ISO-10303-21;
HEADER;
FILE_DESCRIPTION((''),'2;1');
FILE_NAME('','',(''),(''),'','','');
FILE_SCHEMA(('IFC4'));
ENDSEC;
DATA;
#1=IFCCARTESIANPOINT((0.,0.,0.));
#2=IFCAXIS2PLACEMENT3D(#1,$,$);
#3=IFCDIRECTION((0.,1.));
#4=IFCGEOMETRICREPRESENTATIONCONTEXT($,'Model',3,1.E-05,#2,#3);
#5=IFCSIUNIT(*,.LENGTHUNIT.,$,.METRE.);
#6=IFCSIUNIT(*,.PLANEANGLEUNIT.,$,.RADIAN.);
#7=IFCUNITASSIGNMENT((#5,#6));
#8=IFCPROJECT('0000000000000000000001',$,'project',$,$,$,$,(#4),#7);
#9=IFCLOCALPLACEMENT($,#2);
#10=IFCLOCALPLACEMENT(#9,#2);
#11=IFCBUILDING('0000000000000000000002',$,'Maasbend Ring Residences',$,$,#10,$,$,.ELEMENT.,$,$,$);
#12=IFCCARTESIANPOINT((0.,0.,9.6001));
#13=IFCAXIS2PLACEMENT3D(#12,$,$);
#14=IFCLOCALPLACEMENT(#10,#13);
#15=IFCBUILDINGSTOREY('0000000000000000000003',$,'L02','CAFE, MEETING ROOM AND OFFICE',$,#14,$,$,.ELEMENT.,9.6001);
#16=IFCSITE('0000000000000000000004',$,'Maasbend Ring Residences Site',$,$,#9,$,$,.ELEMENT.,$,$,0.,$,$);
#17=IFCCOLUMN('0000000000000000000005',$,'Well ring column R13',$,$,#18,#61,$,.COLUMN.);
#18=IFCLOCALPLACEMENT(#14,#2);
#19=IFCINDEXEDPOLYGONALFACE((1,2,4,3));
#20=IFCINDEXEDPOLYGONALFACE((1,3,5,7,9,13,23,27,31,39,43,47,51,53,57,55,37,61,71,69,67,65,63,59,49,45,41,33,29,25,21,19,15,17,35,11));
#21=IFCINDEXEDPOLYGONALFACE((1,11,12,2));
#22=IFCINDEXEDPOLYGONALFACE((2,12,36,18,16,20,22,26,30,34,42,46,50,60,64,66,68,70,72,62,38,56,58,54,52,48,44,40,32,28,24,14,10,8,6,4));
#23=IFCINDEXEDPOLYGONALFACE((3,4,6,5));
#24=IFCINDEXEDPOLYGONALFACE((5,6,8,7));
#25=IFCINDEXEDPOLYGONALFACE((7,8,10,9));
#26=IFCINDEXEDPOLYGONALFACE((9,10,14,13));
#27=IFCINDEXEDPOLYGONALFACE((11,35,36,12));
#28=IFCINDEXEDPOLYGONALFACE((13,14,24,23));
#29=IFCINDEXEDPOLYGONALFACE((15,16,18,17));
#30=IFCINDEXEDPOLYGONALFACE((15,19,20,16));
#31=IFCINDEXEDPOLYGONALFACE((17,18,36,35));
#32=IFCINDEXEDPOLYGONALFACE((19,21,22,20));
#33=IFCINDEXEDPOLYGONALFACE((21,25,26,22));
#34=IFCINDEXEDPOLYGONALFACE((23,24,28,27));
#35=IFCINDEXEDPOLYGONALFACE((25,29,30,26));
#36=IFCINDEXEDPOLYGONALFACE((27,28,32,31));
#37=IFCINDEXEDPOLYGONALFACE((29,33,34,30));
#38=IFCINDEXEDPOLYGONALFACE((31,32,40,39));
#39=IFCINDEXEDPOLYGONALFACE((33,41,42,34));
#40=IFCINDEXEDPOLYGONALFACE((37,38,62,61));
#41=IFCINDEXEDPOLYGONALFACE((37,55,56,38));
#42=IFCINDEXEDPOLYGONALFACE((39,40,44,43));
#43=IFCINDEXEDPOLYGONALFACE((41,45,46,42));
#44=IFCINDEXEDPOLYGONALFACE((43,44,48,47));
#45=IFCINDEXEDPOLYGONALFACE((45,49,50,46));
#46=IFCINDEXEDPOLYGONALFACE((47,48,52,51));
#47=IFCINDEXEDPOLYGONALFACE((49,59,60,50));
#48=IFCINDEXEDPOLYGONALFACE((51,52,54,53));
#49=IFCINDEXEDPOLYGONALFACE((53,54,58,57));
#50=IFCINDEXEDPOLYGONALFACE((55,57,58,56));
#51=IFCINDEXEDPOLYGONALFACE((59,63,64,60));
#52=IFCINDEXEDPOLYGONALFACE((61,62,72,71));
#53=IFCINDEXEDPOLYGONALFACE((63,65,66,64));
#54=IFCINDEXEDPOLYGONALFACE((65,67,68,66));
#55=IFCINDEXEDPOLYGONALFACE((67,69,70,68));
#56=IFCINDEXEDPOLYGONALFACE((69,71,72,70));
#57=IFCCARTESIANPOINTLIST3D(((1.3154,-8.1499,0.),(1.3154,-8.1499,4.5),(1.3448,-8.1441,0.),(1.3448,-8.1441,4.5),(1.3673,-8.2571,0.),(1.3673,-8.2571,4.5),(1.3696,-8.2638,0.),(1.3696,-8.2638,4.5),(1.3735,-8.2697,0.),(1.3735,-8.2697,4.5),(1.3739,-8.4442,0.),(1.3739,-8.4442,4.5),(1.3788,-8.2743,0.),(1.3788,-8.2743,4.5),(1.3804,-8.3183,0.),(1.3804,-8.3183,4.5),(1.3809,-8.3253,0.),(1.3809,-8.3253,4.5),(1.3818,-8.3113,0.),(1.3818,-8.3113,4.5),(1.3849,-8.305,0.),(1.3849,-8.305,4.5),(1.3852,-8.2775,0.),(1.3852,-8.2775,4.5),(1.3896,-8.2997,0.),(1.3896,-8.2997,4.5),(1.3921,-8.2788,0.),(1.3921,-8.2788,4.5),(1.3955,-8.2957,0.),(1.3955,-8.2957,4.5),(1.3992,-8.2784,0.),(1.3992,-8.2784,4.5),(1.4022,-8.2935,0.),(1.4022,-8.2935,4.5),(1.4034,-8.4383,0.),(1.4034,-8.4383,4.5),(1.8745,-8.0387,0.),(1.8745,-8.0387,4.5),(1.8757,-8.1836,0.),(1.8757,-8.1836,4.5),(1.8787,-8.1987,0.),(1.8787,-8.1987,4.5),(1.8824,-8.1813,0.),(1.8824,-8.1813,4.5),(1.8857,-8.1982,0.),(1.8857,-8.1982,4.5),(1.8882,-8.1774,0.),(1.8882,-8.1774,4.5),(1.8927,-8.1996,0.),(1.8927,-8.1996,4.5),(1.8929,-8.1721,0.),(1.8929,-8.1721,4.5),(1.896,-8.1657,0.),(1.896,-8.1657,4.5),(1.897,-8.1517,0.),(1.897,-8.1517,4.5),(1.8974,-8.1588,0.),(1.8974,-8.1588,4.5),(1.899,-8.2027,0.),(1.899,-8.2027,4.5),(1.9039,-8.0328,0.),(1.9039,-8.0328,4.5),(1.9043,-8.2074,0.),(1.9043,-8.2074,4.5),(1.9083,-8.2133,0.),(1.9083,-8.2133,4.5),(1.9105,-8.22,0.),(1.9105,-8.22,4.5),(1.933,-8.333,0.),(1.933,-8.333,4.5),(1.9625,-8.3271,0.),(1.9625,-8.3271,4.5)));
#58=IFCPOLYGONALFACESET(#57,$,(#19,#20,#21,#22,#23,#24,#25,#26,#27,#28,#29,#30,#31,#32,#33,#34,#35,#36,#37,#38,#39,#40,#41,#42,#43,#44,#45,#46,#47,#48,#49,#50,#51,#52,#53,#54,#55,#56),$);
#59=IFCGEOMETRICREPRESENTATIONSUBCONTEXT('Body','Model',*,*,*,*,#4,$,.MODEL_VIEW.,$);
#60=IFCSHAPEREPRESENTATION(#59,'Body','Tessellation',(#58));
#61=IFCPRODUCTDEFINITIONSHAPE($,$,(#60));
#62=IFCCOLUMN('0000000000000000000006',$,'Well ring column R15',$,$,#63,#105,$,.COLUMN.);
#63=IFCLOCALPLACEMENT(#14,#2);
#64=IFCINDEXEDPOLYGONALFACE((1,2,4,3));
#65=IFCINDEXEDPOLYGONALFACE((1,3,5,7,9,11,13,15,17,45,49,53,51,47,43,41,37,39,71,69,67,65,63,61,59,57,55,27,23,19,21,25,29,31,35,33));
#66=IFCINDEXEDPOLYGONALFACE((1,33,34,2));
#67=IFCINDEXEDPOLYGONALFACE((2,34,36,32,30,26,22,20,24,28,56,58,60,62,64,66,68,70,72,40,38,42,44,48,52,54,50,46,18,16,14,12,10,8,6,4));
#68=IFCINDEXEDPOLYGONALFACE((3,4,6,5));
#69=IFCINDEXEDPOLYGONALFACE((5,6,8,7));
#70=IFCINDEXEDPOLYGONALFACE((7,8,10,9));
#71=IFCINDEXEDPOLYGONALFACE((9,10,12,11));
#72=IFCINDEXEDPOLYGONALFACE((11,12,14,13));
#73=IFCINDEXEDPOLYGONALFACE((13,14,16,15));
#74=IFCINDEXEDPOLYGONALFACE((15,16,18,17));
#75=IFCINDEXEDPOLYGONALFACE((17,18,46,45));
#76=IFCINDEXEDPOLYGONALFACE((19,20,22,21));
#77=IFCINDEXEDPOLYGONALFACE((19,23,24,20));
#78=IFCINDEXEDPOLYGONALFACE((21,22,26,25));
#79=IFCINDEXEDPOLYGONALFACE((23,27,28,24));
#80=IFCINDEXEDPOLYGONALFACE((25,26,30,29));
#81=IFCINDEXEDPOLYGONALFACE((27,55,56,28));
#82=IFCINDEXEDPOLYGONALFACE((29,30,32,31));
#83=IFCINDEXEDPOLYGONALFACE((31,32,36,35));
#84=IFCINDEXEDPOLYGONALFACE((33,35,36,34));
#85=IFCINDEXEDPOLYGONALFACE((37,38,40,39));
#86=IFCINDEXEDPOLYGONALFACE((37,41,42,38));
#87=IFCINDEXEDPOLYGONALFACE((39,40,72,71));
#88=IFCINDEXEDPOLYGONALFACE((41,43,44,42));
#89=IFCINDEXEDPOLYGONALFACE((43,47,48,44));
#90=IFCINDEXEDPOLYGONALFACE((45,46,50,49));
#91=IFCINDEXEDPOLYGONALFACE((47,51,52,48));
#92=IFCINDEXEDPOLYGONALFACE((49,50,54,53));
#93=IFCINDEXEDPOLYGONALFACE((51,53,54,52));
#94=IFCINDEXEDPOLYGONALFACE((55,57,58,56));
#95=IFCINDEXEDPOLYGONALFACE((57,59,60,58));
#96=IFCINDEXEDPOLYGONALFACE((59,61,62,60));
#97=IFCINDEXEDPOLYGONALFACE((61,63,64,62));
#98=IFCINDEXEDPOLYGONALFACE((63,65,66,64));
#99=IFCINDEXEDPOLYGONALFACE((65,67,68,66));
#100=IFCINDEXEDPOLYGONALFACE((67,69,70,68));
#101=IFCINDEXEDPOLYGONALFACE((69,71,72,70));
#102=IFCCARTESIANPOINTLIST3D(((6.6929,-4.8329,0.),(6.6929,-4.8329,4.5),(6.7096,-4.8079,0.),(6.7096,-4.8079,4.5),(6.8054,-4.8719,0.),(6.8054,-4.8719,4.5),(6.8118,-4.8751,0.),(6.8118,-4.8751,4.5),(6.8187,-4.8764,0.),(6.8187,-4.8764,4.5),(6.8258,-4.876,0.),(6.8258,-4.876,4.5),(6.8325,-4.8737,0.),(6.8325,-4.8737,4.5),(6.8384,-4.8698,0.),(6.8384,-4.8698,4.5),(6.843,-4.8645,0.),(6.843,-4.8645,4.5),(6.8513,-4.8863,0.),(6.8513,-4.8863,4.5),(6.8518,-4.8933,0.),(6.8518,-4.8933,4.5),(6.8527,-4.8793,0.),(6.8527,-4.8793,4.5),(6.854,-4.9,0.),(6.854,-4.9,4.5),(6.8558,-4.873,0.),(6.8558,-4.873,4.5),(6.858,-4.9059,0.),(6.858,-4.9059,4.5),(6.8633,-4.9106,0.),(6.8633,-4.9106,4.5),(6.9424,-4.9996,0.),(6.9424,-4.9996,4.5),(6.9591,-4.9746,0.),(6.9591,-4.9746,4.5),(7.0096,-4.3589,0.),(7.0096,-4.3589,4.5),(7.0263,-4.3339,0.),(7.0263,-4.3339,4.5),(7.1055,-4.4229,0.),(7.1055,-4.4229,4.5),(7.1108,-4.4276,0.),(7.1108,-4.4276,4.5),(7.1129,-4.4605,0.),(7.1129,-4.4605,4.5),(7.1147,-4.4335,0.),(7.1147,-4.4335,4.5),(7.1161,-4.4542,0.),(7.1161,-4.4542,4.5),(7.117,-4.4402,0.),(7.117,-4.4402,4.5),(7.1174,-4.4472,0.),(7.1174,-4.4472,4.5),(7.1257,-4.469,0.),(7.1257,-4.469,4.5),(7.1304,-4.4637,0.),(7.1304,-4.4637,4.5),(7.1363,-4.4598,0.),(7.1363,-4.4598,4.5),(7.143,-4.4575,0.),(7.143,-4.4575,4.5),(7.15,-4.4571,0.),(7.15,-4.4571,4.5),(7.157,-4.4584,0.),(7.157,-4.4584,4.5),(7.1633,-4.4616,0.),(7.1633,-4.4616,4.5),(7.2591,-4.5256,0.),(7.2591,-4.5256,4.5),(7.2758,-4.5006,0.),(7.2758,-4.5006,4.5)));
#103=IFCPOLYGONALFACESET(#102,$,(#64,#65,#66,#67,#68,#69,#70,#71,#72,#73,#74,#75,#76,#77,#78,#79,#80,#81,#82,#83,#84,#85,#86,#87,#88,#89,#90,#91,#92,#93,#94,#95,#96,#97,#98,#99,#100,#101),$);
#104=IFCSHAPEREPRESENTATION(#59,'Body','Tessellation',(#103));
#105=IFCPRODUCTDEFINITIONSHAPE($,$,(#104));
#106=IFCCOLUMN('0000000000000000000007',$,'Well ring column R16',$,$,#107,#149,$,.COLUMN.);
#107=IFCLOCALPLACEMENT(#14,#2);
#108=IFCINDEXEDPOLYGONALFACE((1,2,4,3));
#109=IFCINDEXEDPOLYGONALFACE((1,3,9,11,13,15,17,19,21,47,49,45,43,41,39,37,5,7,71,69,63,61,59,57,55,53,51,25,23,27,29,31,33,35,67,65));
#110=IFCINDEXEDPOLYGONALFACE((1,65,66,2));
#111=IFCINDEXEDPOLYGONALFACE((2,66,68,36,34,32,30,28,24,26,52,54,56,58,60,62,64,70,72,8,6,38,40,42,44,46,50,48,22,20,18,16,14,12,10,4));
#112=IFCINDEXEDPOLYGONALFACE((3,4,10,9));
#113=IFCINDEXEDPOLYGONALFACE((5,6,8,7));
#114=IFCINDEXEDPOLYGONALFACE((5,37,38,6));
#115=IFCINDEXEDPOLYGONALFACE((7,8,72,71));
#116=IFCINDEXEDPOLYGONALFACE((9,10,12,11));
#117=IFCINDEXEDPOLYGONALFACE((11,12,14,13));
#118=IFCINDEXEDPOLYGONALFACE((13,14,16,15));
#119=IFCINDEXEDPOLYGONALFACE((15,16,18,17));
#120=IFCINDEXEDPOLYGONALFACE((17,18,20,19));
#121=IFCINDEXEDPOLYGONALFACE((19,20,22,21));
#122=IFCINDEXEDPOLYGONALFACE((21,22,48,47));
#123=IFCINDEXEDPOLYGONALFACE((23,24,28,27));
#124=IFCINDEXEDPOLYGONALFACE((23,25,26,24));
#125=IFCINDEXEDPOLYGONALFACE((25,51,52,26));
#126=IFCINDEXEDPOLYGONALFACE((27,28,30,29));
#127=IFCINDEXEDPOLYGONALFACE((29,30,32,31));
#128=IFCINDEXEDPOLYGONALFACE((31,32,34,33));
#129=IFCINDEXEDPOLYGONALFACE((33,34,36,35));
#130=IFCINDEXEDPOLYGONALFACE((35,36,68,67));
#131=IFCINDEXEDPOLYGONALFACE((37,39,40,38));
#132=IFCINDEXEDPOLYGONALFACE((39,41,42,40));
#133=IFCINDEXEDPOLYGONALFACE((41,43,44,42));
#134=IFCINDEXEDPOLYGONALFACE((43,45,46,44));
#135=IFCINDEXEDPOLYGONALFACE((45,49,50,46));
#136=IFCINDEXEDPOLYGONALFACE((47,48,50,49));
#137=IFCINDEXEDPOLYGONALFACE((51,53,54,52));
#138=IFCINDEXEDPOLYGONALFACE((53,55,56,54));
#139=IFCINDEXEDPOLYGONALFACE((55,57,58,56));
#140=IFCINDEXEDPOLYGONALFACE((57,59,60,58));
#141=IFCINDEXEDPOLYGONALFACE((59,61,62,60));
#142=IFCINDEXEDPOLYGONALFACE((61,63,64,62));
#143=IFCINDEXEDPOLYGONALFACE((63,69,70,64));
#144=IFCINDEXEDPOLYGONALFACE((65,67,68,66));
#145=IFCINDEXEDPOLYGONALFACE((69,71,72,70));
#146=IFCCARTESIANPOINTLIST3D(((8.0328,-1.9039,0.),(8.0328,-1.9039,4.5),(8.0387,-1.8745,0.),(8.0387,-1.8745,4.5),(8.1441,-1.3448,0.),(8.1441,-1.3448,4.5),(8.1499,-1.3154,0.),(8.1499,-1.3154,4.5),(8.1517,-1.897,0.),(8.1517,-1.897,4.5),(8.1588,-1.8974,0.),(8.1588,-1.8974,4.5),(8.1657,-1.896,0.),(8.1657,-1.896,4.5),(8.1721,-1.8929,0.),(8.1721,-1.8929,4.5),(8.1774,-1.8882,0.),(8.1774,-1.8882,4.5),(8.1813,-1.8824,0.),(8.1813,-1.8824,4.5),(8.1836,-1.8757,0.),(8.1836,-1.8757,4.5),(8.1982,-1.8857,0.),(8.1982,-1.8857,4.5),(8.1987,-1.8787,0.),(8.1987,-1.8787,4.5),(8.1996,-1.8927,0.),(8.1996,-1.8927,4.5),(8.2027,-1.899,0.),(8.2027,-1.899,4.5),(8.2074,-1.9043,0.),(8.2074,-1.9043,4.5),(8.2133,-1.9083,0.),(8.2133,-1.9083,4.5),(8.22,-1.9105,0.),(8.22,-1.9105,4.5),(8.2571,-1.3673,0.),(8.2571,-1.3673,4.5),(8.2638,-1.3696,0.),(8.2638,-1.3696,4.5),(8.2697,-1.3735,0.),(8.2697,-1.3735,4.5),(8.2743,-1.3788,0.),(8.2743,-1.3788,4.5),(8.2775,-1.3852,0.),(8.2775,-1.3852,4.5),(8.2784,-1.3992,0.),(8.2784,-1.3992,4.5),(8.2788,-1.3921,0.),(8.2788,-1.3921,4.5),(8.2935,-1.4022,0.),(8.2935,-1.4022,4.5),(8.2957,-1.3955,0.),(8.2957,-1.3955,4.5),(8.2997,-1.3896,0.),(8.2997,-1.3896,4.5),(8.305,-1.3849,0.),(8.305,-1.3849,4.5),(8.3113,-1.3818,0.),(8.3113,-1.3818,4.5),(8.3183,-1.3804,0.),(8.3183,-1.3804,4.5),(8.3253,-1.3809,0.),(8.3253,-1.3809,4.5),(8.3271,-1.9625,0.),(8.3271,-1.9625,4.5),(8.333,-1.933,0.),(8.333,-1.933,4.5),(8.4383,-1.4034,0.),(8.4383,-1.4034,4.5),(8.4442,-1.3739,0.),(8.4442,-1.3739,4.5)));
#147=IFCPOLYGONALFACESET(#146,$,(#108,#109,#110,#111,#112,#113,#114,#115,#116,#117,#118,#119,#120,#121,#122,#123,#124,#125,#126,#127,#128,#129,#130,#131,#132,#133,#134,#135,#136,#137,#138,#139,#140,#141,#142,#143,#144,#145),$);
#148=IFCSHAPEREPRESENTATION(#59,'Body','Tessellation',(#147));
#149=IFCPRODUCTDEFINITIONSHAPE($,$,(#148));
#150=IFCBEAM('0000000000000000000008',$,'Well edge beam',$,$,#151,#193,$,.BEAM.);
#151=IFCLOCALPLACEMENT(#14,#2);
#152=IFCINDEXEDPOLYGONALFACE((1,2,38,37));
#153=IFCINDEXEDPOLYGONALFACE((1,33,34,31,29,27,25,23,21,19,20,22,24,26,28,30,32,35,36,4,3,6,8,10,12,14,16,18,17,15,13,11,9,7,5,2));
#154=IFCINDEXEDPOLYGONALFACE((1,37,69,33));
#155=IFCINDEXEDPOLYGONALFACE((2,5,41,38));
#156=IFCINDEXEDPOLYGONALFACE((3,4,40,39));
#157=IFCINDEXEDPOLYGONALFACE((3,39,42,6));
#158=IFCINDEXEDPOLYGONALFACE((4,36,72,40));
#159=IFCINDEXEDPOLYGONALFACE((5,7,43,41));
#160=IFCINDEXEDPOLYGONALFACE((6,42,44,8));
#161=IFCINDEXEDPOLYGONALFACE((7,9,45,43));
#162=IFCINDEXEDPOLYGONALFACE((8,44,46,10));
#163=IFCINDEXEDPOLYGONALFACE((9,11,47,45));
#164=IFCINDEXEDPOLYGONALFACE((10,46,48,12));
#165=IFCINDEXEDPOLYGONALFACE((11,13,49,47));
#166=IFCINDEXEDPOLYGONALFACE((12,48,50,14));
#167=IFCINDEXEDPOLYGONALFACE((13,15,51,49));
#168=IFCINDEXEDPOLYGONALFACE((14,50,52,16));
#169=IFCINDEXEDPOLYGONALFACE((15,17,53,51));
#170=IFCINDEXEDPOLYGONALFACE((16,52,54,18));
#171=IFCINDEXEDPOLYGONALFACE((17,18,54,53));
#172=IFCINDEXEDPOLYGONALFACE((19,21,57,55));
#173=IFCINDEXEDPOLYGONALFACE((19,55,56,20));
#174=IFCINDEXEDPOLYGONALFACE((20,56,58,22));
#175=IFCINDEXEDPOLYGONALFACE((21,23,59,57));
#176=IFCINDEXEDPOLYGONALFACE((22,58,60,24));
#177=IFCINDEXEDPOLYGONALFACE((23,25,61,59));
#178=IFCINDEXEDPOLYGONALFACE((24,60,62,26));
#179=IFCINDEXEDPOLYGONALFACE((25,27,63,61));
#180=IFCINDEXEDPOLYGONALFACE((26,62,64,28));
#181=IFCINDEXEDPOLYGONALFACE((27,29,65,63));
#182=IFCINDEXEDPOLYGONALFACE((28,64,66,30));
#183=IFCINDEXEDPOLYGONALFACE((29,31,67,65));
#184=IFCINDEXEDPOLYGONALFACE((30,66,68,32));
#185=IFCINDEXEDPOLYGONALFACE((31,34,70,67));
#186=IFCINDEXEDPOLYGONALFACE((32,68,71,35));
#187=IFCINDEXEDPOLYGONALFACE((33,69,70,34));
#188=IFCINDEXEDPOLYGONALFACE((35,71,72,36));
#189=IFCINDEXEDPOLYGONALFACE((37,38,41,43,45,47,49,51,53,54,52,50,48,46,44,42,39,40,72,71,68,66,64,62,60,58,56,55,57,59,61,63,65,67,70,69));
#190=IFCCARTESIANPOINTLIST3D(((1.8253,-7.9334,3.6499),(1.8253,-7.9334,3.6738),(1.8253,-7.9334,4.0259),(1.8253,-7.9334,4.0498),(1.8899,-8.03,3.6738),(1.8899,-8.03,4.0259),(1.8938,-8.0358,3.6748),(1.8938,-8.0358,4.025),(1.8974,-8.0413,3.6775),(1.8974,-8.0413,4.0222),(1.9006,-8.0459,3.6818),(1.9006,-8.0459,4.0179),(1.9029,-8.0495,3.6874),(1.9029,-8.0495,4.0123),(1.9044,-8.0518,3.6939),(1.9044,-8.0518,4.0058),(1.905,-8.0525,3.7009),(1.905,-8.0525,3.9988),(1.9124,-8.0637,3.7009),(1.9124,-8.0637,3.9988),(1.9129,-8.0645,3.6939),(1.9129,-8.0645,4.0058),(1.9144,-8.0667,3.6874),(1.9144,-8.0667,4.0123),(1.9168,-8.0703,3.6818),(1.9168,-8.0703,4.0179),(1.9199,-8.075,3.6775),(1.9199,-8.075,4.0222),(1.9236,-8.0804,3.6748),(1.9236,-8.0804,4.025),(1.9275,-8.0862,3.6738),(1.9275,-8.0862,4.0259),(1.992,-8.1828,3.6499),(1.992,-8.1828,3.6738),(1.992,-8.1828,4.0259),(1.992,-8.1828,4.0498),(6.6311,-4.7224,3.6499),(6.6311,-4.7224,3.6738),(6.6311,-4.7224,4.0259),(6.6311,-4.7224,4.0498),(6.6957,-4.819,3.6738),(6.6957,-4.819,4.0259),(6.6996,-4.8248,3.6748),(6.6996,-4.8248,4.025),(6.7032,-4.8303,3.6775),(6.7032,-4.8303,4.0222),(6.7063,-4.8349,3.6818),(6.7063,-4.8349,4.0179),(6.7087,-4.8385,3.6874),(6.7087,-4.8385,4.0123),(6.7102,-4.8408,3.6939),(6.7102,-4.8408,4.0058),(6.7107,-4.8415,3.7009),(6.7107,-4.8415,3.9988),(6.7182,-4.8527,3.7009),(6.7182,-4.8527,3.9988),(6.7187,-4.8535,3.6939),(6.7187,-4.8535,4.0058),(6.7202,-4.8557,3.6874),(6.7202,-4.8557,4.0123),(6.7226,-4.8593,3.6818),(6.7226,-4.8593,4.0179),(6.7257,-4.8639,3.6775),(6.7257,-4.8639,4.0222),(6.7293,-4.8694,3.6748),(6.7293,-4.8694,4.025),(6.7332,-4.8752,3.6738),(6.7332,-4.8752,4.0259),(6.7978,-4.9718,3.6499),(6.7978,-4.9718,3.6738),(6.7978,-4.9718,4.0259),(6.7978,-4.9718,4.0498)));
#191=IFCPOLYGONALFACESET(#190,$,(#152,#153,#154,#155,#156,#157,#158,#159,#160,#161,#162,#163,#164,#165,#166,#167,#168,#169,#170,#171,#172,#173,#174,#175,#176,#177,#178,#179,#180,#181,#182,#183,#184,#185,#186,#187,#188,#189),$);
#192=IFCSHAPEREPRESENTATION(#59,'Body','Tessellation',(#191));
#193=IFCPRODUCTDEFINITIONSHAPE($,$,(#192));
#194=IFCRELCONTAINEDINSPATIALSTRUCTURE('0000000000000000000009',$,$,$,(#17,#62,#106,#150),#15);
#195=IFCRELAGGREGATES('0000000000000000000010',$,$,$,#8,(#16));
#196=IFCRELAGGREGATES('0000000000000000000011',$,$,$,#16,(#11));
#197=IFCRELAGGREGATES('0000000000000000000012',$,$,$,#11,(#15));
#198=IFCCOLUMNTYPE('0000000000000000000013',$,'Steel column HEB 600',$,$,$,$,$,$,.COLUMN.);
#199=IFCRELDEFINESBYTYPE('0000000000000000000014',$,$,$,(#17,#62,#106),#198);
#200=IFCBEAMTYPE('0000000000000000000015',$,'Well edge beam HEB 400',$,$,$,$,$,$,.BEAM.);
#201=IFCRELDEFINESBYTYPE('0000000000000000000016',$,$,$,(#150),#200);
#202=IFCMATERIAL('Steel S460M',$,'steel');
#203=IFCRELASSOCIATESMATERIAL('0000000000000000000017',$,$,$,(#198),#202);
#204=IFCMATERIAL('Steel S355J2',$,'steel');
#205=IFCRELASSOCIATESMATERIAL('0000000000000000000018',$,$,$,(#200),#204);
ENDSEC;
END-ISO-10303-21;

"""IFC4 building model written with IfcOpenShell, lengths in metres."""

from ifc_helpers import new_model, si_unit, direction, frame, origin, origin_2d, place, context, subcontext, project, spatial, i_section, extrude, material, material_profile, profile_set, type_object, element, save


model = new_model("IFC4")

# Units and contexts
model_context = context("Model", 3, precision=1e-05, world=origin(), true_north=direction((0.0, 1.0)))
body_context = subcontext(model_context, "Body", "Model", "MODEL_VIEW")
ifc_project = project(units=[si_unit("LENGTHUNIT", "METRE"), si_unit("PLANEANGLEUNIT", "RADIAN")], contexts=[model_context])

# Site, building, storey
site_placement = place(None, origin())
site = spatial("IfcSite", under=ifc_project, at=site_placement, Name="Maasbend Ring Residences Site", CompositionType="ELEMENT", RefElevation=0.0)
building_placement = place(site_placement, origin())
building = spatial("IfcBuilding", under=site, at=building_placement, Name="Maasbend Ring Residences", CompositionType="ELEMENT")
storey_placement = place(building_placement, frame((0.0, 0.0, 9.6001)))
storey = spatial("IfcBuildingStorey", under=building, at=storey_placement, Name="L02", Description="CAFE, MEETING ROOM AND OFFICE", CompositionType="ELEMENT", Elevation=9.6001)

# Columns
ifc_material_1 = material(Name="Steel S460M", Category="steel")
ifc_material_profile_1 = material_profile(ifc_material_1, i_section(OverallWidth=0.3, OverallDepth=0.6001, WebThickness=0.0154, FlangeThickness=0.03, FilletRadius=0.0271, at=origin_2d()), Name="HEB 600")
ifc_profile_set_1 = profile_set([ifc_material_profile_1], Name="Steel S460M")
column_type = type_object("IfcColumnType", Name="Steel column HEB 600", PredefinedType="COLUMN", material=ifc_profile_set_1)
for number, where, z_axis, x_axis, name in (
    (1, (1.6389, -8.2385, 0.0), (0.0, 0.0, 1.0), (0.19509, -0.980785, 0.0), "Well ring column R13"),
    (2, (6.9844, -4.6667, 0.0), (0.0, 0.0, 1.0), (0.83147, -0.55557, 0.0), "Well ring column R15"),
    (3, (8.2385, -1.6389, 0.0), (0.0, 0.0, 1.0), (0.980785, -0.19509, 0.0), "Well ring column R16"),
):
    element("IfcColumn", number, at=place(storey_placement, frame(where, z_axis=z_axis, x_axis=x_axis)), inside=storey, type_object=column_type, Name=name, PredefinedType="COLUMN", context=body_context, shape_type="SweptSolid", body=[
        extrude(i_section(OverallWidth=0.3, OverallDepth=0.6001, WebThickness=0.0154, FlangeThickness=0.03, FilletRadius=0.0271, at=origin_2d()), origin(), (0.0, 0.0, 1.0), 4.5),
    ])

# Beam
ifc_material_2 = material(Name="Steel S355J2", Category="steel")
ifc_material_profile_2 = material_profile(ifc_material_2, i_section(OverallWidth=0.3, OverallDepth=0.3999, WebThickness=0.0134, FlangeThickness=0.0239, FilletRadius=0.0271, at=origin_2d()), Name="HEB 400")
ifc_profile_set_2 = profile_set([ifc_material_profile_2], Name="Steel S355J2")
beam_type = type_object("IfcBeamType", Name="Well edge beam HEB 400", PredefinedType="BEAM", material=ifc_profile_set_2)
beam_1_placement = place(storey_placement, frame((1.9087, -8.0581, 3.8499), z_axis=(0.831478, 0.555558, 0.0), x_axis=(-0.555558, 0.831478, 0.0)))
element("IfcBeam", 4, at=beam_1_placement, inside=storey, type_object=beam_type, Name="Well edge beam", PredefinedType="BEAM", context=body_context, shape_type="SweptSolid", body=[
    extrude(i_section(OverallWidth=0.3, OverallDepth=0.3999, WebThickness=0.0134, FlangeThickness=0.0239, FilletRadius=0.0271, at=origin_2d()), origin(), (0.0, 0.0, 1.0), 5.7798),
])

save(model, "model.ifc")
